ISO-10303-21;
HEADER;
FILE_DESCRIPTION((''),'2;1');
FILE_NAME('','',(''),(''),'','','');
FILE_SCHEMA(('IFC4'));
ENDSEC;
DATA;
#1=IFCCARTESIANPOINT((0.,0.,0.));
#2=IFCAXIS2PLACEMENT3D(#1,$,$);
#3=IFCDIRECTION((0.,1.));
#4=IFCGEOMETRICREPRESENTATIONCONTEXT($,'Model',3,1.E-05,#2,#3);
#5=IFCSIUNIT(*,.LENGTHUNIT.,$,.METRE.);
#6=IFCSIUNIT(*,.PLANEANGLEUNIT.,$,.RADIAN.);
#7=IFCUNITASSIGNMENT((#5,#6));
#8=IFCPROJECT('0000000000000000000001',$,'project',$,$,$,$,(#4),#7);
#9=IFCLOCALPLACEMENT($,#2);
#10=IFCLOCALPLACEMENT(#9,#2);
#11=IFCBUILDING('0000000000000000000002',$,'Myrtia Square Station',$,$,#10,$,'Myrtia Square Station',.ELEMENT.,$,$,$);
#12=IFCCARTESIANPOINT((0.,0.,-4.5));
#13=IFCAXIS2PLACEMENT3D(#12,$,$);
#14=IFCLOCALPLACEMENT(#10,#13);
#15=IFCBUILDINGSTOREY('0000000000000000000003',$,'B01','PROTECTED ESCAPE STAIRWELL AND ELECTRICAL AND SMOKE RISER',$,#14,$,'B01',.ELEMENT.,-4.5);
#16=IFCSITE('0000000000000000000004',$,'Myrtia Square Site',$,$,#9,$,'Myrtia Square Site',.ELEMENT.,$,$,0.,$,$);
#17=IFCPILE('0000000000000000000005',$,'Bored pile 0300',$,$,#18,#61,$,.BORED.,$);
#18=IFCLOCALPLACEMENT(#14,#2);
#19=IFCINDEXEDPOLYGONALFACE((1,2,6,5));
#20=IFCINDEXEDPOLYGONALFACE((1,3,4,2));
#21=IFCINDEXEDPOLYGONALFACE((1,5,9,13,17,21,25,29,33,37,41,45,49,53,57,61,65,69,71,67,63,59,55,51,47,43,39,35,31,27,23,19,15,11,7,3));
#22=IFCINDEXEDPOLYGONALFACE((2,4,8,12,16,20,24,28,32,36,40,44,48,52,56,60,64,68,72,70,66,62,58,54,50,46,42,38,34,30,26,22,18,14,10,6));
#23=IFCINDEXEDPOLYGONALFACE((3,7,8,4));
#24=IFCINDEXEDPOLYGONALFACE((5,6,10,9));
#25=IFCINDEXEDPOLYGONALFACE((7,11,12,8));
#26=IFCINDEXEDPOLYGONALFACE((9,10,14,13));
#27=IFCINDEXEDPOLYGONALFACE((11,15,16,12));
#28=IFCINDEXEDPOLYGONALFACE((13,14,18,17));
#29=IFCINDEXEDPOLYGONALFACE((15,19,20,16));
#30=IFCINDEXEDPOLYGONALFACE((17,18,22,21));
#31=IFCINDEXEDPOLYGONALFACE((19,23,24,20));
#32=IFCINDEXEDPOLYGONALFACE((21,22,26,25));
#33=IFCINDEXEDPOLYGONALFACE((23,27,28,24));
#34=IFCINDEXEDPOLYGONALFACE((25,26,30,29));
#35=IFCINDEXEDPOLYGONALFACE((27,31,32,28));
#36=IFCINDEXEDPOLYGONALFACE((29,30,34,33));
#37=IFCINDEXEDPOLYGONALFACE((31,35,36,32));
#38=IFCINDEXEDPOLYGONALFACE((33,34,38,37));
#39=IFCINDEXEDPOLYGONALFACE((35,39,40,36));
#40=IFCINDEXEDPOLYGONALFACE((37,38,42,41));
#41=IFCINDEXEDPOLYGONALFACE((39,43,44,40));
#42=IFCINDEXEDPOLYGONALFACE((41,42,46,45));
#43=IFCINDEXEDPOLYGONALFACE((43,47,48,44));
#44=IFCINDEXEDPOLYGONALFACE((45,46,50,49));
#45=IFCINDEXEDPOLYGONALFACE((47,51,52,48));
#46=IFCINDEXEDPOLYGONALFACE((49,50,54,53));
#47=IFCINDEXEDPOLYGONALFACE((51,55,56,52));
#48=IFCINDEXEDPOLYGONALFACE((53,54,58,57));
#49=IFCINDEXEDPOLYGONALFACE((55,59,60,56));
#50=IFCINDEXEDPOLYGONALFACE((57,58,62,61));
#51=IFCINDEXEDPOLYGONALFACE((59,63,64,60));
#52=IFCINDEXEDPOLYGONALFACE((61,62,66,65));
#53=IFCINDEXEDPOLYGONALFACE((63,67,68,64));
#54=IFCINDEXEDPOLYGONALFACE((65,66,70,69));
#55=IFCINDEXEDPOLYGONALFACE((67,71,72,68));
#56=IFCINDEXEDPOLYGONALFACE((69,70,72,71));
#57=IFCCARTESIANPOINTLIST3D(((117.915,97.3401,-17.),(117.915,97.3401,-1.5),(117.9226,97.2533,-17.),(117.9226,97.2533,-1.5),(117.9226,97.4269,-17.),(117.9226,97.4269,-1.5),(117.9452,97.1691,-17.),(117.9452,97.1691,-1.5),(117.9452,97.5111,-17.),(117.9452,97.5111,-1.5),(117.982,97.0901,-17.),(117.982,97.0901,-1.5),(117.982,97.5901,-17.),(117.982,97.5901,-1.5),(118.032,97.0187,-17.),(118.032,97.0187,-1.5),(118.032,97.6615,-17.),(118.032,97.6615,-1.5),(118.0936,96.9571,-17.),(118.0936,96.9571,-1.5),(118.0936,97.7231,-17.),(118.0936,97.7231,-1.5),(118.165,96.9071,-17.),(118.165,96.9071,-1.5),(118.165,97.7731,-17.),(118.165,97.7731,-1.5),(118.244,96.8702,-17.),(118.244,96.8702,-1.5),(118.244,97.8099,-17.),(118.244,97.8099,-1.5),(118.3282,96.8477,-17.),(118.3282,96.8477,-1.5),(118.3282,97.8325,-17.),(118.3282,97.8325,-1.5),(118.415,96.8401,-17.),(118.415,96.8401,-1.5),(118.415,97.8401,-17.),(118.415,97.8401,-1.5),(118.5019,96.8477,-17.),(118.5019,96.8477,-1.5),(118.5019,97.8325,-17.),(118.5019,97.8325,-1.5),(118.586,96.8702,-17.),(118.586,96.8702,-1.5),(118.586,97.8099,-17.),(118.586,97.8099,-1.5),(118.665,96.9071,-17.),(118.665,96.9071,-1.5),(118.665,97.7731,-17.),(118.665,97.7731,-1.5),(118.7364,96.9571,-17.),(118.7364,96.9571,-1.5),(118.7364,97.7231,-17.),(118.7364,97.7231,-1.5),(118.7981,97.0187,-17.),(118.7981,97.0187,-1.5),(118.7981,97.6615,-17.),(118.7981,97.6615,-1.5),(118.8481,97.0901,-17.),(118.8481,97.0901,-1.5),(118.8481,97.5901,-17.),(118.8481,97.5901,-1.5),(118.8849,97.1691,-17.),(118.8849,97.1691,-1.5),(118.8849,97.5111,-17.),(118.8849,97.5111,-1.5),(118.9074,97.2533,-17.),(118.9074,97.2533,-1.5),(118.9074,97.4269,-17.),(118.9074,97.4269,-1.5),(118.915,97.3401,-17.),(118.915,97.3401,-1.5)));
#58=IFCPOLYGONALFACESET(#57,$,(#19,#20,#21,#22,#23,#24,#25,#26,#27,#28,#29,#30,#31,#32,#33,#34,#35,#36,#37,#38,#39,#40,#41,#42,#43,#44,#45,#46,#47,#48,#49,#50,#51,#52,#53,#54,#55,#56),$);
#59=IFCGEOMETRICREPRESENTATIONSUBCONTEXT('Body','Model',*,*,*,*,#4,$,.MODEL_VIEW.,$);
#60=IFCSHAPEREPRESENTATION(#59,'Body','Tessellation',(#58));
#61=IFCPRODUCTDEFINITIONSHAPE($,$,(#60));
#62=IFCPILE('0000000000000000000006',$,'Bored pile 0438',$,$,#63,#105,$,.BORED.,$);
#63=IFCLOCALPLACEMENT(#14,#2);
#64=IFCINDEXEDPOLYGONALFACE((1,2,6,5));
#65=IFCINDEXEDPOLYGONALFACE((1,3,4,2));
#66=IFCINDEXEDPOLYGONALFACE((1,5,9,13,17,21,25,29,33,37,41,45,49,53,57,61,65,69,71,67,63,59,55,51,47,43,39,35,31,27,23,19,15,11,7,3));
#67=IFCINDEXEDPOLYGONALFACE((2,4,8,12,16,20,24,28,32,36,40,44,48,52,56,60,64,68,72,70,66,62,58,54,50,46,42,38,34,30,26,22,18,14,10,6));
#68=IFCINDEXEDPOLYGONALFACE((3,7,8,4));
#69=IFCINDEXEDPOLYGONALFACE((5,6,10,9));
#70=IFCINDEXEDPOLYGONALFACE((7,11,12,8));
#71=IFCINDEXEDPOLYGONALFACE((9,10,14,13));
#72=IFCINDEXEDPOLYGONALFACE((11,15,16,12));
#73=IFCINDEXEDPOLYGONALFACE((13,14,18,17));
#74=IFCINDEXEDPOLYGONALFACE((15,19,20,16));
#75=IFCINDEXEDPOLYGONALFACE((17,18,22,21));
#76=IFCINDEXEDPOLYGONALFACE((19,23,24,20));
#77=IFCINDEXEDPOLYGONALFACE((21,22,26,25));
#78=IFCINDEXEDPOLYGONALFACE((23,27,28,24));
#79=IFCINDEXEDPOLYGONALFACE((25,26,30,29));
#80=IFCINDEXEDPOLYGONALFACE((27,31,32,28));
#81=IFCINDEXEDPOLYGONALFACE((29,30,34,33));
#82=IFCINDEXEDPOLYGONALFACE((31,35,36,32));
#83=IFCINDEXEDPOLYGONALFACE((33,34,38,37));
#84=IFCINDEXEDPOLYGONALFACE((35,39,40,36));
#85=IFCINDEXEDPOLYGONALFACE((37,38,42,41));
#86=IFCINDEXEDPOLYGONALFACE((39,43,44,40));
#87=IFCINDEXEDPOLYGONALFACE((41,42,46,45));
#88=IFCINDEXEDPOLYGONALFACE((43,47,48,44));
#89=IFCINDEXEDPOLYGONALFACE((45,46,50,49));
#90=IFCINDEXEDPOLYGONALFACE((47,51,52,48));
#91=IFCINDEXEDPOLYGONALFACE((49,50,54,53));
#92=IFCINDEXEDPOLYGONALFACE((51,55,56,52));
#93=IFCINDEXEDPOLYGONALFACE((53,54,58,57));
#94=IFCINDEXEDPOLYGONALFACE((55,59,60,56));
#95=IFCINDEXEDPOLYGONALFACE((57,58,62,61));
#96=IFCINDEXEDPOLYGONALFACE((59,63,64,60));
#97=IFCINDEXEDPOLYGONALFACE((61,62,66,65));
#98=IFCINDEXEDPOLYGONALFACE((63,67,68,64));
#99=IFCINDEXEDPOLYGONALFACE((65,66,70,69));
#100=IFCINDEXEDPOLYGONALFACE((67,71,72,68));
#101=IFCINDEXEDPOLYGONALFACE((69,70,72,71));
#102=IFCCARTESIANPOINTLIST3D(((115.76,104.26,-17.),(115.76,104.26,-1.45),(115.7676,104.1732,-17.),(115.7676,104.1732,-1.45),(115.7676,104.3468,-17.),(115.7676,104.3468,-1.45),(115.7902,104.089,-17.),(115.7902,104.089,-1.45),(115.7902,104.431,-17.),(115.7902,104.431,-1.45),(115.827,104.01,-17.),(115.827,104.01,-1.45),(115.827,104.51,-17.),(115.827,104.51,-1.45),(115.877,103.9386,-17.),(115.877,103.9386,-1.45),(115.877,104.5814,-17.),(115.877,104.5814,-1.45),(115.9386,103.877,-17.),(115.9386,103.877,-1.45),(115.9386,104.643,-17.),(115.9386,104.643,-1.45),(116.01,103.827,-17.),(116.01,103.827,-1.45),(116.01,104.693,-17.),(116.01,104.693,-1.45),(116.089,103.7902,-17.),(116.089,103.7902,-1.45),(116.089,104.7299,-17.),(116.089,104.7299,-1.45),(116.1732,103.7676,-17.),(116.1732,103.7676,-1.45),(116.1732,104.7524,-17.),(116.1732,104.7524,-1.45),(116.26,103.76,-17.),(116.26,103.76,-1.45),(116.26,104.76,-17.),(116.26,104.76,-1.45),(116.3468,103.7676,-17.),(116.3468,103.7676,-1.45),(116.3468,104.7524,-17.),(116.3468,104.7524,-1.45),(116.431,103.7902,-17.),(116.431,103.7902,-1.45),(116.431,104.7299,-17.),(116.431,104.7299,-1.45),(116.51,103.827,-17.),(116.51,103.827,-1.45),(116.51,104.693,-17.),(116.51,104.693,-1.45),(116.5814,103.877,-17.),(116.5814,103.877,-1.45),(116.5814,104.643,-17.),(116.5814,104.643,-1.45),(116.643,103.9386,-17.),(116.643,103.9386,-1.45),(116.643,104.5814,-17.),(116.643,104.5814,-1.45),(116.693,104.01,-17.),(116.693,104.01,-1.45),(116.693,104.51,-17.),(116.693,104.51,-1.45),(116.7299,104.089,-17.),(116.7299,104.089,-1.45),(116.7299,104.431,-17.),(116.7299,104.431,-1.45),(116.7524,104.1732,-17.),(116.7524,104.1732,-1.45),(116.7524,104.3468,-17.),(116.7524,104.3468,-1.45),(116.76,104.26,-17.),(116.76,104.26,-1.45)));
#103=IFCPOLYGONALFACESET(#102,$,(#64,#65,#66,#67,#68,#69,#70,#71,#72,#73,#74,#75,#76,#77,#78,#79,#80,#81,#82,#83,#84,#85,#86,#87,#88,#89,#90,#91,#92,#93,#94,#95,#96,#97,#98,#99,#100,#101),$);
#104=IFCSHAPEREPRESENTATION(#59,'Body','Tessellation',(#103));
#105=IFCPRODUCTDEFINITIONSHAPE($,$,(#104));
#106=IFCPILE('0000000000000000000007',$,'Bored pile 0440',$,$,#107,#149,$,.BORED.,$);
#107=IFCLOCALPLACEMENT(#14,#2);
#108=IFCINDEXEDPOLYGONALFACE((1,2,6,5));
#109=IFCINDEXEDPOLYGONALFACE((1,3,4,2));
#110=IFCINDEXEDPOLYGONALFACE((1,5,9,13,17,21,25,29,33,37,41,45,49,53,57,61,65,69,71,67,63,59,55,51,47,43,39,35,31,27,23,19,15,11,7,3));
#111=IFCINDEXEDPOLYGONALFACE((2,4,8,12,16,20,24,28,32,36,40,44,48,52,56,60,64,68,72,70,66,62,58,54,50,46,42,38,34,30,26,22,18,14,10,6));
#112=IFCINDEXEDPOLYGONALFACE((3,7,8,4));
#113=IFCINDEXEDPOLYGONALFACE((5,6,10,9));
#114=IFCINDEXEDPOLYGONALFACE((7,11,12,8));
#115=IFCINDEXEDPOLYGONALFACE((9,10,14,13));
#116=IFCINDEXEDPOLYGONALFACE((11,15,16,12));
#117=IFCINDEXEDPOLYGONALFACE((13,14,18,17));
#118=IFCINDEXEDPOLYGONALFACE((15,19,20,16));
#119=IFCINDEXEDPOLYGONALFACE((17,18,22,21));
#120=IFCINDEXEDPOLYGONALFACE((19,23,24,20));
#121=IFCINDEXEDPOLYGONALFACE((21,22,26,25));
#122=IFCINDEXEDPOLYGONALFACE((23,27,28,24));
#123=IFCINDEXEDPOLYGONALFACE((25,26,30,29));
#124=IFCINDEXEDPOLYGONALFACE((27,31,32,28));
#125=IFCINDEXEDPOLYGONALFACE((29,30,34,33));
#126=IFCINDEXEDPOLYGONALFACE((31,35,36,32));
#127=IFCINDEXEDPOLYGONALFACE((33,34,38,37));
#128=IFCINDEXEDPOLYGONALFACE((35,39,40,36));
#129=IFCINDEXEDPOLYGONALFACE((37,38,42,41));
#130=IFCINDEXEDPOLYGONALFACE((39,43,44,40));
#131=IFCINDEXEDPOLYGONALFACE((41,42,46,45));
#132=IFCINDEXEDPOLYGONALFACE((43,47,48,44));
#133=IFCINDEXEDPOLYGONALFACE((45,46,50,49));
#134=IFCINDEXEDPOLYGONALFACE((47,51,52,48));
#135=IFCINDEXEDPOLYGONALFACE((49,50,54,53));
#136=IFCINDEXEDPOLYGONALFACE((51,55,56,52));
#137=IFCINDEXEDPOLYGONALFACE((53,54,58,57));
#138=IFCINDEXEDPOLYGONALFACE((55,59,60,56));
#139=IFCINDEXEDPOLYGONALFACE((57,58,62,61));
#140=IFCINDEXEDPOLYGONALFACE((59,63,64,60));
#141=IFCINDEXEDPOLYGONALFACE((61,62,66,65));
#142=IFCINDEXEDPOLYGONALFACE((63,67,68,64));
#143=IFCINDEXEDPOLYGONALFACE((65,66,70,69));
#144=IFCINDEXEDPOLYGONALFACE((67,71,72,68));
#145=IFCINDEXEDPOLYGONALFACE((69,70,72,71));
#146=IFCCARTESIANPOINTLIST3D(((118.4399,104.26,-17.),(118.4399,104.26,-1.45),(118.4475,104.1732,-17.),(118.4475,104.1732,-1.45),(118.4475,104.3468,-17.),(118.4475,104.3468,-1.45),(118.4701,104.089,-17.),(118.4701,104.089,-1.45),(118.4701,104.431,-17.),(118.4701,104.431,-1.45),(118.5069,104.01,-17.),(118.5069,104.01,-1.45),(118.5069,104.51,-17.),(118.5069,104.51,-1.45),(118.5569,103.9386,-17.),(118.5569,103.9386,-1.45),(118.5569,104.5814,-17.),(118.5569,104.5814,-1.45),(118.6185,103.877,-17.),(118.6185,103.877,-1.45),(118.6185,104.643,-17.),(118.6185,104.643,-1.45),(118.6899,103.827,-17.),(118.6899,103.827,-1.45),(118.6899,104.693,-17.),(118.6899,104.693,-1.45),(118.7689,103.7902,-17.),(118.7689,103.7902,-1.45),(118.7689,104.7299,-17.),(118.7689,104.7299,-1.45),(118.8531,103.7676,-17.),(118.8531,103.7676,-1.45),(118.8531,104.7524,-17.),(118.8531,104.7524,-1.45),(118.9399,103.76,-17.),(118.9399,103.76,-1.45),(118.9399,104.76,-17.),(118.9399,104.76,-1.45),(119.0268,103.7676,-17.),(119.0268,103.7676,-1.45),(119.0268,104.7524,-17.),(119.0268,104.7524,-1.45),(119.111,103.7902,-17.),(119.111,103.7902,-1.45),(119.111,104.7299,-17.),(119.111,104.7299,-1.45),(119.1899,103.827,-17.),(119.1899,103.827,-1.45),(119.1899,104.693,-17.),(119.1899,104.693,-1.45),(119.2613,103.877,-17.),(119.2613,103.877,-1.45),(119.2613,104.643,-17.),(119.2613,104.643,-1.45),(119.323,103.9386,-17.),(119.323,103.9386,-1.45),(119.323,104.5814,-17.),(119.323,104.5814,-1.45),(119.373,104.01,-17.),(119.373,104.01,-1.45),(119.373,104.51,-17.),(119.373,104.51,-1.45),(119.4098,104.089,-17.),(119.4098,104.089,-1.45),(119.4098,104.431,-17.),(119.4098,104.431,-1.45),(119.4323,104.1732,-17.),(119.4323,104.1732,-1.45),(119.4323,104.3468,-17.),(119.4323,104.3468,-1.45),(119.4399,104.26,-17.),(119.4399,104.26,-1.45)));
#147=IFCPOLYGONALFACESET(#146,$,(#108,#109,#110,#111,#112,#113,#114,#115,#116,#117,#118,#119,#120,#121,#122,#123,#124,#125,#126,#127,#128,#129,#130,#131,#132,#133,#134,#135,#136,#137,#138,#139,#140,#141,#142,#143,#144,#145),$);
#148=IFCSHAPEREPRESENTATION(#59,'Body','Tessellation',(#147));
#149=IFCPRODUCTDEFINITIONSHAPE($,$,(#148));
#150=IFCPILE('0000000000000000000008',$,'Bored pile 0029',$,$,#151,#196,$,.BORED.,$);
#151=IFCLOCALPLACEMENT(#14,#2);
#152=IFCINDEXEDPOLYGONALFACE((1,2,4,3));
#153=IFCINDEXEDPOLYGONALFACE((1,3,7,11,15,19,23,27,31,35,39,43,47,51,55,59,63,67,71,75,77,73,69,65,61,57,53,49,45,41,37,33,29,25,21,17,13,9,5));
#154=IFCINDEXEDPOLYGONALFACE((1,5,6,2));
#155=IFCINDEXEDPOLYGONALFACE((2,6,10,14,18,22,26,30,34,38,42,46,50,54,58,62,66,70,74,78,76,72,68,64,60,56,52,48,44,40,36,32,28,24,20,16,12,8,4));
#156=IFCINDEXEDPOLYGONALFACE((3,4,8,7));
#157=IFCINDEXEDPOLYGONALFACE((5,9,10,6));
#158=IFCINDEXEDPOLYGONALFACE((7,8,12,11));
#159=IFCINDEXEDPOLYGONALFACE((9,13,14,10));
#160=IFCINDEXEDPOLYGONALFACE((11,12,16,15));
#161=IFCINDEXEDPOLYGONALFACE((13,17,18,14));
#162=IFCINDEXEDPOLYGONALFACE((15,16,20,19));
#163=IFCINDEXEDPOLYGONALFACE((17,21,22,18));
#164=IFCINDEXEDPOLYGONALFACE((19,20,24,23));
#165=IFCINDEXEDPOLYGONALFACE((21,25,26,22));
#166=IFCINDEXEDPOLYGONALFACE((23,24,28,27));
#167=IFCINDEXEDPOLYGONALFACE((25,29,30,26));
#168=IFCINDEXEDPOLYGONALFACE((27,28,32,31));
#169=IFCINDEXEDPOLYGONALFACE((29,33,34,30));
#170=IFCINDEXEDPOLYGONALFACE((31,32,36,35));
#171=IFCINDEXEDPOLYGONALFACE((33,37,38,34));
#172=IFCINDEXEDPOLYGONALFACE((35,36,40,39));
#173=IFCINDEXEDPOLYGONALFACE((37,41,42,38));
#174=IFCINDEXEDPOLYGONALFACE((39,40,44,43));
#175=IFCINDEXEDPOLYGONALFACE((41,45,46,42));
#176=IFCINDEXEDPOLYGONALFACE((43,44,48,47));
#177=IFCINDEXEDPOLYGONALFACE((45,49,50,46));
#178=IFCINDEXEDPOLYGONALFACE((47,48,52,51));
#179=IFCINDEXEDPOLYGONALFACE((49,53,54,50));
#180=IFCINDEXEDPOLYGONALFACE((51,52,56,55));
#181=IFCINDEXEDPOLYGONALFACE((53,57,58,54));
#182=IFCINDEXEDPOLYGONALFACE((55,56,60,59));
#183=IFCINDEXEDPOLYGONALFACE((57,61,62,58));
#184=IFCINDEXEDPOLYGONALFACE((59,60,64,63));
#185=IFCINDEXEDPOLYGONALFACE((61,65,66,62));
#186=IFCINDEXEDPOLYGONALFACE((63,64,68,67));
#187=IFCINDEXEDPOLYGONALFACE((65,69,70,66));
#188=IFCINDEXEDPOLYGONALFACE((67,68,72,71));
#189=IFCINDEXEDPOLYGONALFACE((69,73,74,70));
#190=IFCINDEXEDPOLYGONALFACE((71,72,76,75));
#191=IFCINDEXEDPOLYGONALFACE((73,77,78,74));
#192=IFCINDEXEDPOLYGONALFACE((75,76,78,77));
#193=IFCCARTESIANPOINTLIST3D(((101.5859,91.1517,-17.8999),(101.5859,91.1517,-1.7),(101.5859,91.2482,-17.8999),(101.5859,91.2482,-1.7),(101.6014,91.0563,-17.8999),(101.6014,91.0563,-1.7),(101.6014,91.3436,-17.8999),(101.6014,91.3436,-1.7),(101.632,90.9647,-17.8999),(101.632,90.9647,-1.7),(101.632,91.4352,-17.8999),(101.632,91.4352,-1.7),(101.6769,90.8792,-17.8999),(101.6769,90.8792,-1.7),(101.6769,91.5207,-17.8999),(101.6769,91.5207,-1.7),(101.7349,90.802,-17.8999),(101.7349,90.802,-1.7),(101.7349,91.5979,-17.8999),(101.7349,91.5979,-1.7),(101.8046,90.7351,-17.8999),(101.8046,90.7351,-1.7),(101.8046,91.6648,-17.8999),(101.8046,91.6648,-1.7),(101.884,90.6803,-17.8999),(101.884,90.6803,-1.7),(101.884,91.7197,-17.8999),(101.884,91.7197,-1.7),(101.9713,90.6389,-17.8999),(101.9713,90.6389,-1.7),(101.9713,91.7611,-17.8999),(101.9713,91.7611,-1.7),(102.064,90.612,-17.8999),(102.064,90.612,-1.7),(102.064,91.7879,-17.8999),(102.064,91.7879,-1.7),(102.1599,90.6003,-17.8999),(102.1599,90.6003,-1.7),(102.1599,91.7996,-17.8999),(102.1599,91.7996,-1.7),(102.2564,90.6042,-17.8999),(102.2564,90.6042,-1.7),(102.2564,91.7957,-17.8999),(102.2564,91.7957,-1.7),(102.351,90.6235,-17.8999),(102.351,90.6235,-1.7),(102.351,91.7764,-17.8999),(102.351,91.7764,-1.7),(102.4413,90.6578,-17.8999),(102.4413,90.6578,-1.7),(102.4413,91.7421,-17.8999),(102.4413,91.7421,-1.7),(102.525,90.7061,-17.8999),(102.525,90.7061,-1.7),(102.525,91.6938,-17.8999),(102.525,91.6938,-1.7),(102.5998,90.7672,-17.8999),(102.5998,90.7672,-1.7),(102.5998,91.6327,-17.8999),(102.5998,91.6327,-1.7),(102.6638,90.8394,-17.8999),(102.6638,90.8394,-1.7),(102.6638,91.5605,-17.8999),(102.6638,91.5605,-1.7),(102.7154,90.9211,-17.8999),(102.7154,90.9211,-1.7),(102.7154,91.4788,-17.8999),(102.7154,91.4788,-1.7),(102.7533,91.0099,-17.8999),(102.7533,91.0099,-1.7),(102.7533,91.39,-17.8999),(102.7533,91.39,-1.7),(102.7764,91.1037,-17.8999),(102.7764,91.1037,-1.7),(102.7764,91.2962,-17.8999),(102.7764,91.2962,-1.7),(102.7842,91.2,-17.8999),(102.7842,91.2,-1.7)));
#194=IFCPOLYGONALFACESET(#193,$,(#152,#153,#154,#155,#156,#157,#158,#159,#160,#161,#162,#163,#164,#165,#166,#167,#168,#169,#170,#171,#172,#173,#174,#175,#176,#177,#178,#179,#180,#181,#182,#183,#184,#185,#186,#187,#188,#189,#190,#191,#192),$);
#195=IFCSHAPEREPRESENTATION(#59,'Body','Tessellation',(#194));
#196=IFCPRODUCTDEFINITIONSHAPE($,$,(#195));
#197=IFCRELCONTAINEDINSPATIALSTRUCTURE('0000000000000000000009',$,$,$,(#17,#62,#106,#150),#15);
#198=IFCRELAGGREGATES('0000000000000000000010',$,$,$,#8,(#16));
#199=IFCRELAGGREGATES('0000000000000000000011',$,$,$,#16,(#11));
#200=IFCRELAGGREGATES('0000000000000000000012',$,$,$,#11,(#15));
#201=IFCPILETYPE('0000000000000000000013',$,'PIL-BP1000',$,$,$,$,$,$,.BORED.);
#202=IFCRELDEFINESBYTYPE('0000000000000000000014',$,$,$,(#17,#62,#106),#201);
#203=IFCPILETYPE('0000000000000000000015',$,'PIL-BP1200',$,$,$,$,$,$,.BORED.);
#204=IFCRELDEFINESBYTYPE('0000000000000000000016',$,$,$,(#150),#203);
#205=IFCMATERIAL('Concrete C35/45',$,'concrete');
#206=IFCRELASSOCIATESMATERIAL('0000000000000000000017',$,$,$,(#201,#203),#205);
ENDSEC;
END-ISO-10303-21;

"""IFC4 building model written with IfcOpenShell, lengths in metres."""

from ifc_helpers import new_model, si_unit, direction, frame, origin, origin_2d, place, context, subcontext, project, spatial, circle, extrude, material, material_profile, profile_set, type_object, element, save


model = new_model("IFC4")

# Units and contexts
model_context = context("Model", 3, precision=1e-05, world=origin(), true_north=direction((0.0, 1.0)))
body_context = subcontext(model_context, "Body", "Model", "MODEL_VIEW")
ifc_project = project(units=[si_unit("LENGTHUNIT", "METRE"), si_unit("PLANEANGLEUNIT", "RADIAN")], contexts=[model_context])

# Site, building, storey
site_placement = place(None, origin())
site = spatial("IfcSite", under=ifc_project, at=site_placement, Name="Myrtia Square Site", LongName="Myrtia Square Site", CompositionType="ELEMENT", RefElevation=0.0)
building_placement = place(site_placement, origin())
building = spatial("IfcBuilding", under=site, at=building_placement, Name="Myrtia Square Station", LongName="Myrtia Square Station", CompositionType="ELEMENT")
storey_placement = place(building_placement, frame((0.0, 0.0, -4.5)))
storey = spatial("IfcBuildingStorey", under=building, at=storey_placement, Name="B01", Description="PROTECTED ESCAPE STAIRWELL AND ELECTRICAL AND SMOKE RISER", LongName="B01", CompositionType="ELEMENT", Elevation=-4.5)

# Shared definitions
ifc_material_1 = material(Name="Concrete C35/45", Category="concrete")

# Piles
ifc_material_profile_1 = material_profile(ifc_material_1, circle(Radius=0.5, at=origin_2d()), Name="BP D1000")
ifc_profile_set_1 = profile_set([ifc_material_profile_1], Name="Concrete C35/45")
pile_type_1 = type_object("IfcPileType", Name="PIL-BP1000", PredefinedType="BORED", material=ifc_profile_set_1)
for number, where, z_axis, x_axis, name in (
    (1, (118.415, 97.3401, -1.5), (0.0, 0.0, -1.0), (1.0, 0.0, 0.0), "Bored pile 0300"),
):
    element("IfcPile", number, at=place(storey_placement, frame(where, z_axis=z_axis, x_axis=x_axis)), inside=storey, type_object=pile_type_1, Name=name, PredefinedType="BORED", context=body_context, shape_type="SweptSolid", body=[
        extrude(circle(Radius=0.5, at=origin_2d()), origin(), (0.0, 0.0, 1.0), 15.5),
    ])
for number, where, z_axis, x_axis, name in (
    (2, (116.26, 104.26, -1.45), (0.0, 0.0, -1.0), (1.0, 0.0, 0.0), "Bored pile 0438"),
    (3, (118.9399, 104.26, -1.45), (0.0, 0.0, -1.0), (1.0, 0.0, 0.0), "Bored pile 0440"),
):
    element("IfcPile", number, at=place(storey_placement, frame(where, z_axis=z_axis, x_axis=x_axis)), inside=storey, type_object=pile_type_1, Name=name, PredefinedType="BORED", context=body_context, shape_type="SweptSolid", body=[
        extrude(circle(Radius=0.5, at=origin_2d()), origin(), (0.0, 0.0, 1.0), 15.55),
    ])
ifc_material_profile_2 = material_profile(ifc_material_1, circle(Radius=0.6001, at=origin_2d()), Name="BP D1200")
ifc_profile_set_2 = profile_set([ifc_material_profile_2], Name="Concrete C35/45")
pile_type_2 = type_object("IfcPileType", Name="PIL-BP1200", PredefinedType="BORED", material=ifc_profile_set_2)
for number, where, z_axis, x_axis, name in (
    (4, (102.1841, 91.2, -1.7), (0.0, 0.0, -1.0), (1.0, 0.0, 0.0), "Bored pile 0029"),
):
    element("IfcPile", number, at=place(storey_placement, frame(where, z_axis=z_axis, x_axis=x_axis)), inside=storey, type_object=pile_type_2, Name=name, PredefinedType="BORED", context=body_context, shape_type="SweptSolid", body=[
        extrude(circle(Radius=0.6001, at=origin_2d()), origin(), (0.0, 0.0, 1.0), 16.2),
    ])

save(model, "model.ifc")
